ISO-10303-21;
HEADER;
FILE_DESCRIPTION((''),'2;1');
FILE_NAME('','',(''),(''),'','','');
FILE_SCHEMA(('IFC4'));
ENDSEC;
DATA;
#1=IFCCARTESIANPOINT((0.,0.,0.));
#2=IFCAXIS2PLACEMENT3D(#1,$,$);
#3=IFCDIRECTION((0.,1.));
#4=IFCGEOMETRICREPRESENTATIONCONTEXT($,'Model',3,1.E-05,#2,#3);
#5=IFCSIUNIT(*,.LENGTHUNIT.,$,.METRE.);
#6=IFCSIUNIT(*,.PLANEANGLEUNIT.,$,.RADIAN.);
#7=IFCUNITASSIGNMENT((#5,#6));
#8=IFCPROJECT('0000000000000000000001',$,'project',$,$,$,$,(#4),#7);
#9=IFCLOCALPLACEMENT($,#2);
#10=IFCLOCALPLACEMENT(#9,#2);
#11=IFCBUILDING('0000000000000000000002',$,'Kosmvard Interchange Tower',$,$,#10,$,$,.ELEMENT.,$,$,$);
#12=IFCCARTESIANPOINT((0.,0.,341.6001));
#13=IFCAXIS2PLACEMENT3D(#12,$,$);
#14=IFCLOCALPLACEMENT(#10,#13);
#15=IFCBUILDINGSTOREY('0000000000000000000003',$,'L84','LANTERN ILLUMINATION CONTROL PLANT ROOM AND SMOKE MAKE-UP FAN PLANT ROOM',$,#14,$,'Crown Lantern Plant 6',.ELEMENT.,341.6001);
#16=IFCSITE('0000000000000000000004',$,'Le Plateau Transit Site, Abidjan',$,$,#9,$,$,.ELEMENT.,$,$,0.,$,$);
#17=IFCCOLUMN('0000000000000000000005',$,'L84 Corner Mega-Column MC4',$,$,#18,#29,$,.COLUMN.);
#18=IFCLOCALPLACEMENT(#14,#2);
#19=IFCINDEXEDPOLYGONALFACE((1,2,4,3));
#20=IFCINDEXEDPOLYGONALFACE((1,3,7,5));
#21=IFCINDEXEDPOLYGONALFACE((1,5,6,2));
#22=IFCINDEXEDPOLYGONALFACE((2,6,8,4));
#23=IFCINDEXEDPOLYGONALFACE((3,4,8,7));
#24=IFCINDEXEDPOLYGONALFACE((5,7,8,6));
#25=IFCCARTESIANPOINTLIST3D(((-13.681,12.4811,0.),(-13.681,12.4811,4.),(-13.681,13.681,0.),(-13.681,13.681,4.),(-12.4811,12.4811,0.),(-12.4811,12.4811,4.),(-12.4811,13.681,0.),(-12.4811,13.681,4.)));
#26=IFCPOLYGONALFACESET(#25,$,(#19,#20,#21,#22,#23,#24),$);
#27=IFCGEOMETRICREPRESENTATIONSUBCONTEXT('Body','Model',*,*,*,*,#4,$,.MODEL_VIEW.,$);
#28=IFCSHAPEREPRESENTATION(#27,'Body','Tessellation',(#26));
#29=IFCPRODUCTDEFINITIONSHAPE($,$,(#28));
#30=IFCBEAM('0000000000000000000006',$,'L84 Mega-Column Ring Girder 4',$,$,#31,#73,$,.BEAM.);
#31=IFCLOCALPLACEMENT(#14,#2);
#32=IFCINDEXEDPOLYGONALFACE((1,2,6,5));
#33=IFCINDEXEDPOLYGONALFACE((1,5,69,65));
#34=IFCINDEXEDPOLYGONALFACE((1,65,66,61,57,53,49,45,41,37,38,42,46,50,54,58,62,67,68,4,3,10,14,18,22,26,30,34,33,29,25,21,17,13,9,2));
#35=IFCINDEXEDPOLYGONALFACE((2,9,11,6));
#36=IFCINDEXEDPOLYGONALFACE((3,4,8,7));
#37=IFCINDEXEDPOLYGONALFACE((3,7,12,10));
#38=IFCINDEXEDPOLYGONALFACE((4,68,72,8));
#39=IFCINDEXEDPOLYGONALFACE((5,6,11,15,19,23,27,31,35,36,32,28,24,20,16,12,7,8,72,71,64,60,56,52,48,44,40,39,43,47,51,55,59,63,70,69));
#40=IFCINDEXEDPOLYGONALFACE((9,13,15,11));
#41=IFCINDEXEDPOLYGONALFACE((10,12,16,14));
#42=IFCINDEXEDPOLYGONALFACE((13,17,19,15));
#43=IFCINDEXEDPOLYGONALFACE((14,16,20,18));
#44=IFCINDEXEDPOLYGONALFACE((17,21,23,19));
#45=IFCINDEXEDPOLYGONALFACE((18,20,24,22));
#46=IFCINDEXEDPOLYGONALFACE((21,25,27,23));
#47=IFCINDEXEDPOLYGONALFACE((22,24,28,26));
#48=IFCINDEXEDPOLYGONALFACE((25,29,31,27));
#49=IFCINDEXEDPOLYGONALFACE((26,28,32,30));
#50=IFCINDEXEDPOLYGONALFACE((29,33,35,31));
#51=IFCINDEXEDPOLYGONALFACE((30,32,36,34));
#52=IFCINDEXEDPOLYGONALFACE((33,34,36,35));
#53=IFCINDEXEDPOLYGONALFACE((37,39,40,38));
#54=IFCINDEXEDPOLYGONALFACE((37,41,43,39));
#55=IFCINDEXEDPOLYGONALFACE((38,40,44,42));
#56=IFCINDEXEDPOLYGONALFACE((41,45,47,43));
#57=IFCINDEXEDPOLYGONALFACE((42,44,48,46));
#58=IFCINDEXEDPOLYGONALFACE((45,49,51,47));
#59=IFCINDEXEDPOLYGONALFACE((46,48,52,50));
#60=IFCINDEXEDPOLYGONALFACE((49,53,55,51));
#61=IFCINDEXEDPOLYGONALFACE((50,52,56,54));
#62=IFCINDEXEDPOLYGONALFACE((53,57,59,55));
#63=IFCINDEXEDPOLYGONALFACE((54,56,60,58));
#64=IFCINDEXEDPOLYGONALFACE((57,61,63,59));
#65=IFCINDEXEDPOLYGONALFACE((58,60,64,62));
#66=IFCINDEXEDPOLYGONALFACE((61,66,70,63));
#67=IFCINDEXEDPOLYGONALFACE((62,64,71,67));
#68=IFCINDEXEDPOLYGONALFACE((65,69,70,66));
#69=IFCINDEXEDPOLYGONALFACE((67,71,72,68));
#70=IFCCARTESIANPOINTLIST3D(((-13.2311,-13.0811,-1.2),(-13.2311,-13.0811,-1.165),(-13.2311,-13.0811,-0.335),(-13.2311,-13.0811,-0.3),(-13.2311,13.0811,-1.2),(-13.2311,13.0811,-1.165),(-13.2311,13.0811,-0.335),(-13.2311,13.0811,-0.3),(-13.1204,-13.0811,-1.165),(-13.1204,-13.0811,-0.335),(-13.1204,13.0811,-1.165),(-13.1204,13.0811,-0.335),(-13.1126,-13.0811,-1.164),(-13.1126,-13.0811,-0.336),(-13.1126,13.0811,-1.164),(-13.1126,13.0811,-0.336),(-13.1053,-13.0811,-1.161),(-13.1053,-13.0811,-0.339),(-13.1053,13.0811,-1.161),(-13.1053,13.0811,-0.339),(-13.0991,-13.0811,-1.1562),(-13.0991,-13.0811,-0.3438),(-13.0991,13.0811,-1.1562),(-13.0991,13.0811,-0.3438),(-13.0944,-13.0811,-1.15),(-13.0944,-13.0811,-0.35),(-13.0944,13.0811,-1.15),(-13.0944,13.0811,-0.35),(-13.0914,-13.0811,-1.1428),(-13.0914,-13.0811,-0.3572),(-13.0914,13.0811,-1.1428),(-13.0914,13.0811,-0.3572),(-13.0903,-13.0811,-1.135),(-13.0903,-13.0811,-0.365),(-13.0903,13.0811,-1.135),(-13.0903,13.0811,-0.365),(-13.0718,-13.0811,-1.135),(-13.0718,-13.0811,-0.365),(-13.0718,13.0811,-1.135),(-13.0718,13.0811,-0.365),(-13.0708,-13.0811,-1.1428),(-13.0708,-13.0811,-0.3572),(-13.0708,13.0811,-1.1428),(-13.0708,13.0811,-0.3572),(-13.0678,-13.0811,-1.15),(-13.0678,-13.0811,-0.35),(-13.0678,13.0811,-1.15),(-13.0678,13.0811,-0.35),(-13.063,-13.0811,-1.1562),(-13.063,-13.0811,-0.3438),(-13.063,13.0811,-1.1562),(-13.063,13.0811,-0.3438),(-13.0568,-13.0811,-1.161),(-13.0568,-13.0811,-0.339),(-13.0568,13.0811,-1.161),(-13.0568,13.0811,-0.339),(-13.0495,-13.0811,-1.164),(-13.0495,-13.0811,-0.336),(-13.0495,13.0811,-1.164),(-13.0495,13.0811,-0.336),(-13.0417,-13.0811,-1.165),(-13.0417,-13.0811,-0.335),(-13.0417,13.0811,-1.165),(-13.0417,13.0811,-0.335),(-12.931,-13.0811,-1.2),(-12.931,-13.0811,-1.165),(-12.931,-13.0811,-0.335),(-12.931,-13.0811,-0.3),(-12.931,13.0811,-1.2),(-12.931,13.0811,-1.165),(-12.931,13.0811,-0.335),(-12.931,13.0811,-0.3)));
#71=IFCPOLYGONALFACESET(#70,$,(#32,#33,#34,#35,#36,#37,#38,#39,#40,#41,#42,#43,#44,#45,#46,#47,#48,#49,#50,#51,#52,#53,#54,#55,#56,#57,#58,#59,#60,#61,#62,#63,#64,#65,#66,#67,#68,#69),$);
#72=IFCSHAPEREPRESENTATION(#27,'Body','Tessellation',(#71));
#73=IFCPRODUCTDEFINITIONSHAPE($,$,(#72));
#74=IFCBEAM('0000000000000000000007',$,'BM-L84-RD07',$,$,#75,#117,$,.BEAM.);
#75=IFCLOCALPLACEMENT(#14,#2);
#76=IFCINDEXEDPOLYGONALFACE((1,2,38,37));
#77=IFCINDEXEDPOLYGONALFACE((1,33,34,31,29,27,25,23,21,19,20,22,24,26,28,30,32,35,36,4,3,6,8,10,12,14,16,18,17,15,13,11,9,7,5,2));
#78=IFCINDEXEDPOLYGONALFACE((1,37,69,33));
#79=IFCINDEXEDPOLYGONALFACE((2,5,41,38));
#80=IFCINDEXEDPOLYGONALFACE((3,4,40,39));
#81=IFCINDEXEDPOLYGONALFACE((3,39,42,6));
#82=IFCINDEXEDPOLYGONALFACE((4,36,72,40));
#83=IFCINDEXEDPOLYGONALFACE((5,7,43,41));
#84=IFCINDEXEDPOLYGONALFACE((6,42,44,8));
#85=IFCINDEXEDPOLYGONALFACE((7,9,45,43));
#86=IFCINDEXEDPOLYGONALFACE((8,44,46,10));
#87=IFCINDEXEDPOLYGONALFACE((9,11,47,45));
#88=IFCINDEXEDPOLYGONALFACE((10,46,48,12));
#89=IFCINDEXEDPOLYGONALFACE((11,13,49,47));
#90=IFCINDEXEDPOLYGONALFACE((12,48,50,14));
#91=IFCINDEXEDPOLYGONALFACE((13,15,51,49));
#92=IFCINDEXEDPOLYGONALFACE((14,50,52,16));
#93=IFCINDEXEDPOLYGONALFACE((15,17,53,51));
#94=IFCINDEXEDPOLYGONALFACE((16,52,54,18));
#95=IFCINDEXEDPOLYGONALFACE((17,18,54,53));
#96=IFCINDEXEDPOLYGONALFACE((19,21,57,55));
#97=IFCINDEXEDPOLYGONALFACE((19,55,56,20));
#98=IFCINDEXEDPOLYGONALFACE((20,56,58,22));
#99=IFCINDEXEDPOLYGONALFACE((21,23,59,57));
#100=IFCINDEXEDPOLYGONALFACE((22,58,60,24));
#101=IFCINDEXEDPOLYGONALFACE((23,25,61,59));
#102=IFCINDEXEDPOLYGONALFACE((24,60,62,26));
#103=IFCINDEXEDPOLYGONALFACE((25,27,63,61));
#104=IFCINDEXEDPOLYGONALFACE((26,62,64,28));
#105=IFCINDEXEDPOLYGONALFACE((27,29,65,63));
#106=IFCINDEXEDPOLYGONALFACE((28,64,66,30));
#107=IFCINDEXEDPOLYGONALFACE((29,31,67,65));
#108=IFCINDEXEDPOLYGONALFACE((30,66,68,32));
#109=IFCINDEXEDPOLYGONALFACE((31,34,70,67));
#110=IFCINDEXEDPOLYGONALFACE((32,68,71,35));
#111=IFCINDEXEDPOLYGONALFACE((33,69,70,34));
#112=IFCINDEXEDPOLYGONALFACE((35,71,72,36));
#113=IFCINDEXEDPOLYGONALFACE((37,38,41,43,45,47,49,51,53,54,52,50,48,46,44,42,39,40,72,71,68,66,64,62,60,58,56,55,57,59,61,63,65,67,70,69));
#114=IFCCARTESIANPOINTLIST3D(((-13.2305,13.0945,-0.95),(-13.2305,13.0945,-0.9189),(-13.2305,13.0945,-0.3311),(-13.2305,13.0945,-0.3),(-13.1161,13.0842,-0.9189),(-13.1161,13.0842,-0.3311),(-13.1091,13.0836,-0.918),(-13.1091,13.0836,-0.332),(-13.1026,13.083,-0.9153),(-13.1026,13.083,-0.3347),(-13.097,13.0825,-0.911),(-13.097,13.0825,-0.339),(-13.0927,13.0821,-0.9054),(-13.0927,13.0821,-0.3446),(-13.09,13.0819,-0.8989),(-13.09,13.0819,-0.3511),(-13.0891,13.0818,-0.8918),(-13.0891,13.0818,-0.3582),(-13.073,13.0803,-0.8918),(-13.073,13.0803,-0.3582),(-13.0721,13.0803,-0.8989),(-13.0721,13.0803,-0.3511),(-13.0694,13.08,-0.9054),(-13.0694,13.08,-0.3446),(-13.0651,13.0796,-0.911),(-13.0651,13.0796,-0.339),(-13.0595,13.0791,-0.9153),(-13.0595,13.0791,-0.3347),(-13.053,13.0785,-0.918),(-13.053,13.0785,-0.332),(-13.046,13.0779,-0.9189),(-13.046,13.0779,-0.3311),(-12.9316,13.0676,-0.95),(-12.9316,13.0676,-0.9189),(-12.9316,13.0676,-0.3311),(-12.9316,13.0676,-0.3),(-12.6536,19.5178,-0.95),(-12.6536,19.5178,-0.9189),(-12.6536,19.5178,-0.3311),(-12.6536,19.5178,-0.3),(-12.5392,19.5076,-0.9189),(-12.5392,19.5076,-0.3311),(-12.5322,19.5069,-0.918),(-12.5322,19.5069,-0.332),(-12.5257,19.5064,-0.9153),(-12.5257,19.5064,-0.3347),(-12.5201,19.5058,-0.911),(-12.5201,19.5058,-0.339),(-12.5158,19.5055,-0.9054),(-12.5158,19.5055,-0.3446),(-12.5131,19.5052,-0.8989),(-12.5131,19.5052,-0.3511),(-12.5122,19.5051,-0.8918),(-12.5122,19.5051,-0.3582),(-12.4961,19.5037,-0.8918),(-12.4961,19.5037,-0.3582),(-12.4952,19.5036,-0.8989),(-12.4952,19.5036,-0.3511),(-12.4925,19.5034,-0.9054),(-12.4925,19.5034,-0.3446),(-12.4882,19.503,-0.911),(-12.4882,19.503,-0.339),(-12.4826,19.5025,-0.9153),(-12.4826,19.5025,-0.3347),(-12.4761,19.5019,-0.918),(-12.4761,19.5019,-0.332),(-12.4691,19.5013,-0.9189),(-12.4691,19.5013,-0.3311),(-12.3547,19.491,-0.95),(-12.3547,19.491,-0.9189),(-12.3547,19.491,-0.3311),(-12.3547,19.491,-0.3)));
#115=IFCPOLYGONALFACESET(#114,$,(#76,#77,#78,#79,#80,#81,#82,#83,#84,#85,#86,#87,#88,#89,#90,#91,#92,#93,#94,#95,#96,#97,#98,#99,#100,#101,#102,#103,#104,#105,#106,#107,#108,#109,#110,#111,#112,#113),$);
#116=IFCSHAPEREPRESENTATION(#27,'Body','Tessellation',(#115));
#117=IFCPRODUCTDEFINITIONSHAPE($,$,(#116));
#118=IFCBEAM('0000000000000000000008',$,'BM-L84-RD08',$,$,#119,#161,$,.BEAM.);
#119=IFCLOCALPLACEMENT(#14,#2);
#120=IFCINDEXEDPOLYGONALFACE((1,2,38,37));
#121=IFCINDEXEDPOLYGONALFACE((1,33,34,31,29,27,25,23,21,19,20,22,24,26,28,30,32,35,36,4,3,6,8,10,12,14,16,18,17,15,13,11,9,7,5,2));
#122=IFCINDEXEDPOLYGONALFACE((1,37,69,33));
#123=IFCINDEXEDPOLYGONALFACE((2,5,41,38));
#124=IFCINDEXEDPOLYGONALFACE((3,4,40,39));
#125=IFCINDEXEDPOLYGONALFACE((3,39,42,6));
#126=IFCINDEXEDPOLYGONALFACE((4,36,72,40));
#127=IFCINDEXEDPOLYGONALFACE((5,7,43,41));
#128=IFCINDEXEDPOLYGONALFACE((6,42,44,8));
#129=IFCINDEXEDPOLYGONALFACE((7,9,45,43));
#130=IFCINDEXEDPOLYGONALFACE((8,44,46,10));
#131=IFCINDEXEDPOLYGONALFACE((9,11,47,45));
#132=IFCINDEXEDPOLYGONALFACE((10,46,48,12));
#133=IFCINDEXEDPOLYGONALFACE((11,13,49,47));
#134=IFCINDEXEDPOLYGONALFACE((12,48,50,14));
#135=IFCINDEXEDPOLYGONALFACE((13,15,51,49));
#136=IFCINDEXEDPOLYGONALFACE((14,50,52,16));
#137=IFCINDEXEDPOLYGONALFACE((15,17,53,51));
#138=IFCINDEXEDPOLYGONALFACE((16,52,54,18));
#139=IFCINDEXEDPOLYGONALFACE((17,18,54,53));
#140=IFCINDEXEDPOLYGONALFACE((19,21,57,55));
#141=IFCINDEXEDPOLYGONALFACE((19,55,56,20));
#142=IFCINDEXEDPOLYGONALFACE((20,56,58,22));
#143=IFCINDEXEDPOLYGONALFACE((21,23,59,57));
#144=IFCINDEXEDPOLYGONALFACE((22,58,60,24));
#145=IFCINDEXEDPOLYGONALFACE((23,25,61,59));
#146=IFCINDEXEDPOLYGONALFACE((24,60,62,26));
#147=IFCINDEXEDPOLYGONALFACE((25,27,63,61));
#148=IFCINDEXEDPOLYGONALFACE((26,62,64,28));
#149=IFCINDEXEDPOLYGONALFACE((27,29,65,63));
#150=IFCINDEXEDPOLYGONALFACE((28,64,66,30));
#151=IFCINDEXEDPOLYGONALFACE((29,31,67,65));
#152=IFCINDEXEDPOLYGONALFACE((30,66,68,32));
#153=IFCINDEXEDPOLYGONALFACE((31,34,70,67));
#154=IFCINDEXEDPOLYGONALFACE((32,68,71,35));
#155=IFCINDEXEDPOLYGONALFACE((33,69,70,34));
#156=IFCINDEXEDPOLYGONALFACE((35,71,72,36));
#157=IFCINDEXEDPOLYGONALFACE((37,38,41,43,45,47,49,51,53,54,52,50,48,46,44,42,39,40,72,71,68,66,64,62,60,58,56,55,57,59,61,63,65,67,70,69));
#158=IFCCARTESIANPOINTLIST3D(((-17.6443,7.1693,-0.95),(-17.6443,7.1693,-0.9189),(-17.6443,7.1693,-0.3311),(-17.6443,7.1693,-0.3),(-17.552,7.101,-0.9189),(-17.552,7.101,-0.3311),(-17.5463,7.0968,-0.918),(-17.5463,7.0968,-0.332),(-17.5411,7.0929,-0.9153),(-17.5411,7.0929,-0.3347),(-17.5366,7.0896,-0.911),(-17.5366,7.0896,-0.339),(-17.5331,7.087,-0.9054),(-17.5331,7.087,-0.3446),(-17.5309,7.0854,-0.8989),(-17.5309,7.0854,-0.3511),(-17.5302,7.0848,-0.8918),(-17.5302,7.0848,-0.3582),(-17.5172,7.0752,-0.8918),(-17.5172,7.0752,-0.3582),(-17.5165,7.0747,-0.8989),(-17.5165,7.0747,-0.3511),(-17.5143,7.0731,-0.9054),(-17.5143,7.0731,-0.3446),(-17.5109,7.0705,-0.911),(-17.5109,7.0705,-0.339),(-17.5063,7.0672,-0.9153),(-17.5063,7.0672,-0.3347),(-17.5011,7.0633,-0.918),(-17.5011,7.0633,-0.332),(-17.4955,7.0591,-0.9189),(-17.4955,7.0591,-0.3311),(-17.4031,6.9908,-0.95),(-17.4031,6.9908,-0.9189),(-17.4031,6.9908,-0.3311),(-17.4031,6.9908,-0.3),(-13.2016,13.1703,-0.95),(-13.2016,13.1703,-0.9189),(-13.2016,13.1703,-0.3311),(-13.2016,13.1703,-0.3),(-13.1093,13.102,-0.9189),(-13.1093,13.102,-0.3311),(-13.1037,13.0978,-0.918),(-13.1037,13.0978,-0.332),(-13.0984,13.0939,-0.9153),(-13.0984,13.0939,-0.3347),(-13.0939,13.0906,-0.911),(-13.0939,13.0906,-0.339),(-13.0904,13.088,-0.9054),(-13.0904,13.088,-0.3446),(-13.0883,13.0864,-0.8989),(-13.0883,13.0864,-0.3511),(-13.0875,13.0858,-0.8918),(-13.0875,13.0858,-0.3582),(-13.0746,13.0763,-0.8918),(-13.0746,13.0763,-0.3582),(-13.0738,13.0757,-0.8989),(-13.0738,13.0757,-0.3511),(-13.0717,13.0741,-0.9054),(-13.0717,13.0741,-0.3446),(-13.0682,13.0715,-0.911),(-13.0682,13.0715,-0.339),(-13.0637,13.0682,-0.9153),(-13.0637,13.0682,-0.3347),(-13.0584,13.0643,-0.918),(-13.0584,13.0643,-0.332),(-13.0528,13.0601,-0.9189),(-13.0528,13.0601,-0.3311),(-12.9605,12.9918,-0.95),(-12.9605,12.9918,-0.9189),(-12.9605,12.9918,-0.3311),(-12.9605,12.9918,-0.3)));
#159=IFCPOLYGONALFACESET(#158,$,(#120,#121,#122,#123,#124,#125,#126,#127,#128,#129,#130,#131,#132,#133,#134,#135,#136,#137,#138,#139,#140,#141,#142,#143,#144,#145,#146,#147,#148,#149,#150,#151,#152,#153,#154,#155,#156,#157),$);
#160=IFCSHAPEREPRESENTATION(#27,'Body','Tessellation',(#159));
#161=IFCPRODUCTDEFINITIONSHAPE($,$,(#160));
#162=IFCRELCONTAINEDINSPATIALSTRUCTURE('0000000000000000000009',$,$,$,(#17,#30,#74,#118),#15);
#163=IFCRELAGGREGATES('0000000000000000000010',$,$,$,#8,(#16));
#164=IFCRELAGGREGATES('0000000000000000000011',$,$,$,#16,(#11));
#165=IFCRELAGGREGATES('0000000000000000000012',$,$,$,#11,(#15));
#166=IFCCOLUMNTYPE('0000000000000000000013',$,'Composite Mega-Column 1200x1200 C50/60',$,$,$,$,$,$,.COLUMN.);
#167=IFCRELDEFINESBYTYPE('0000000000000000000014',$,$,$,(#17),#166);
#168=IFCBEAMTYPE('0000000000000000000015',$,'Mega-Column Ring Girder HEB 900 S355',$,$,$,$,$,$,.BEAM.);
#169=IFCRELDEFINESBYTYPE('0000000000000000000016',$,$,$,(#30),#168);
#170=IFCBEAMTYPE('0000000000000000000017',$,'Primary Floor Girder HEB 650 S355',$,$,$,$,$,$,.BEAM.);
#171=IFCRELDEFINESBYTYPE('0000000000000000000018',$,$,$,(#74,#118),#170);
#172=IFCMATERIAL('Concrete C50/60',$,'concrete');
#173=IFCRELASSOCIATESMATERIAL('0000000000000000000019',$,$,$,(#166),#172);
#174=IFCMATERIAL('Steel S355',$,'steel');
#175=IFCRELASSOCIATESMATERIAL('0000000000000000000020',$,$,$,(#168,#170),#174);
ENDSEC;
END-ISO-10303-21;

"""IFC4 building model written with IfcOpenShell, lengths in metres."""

from ifc_helpers import new_model, si_unit, direction, frame, origin, origin_2d, place, context, subcontext, project, spatial, rectangle, i_section, extrude, source, transform, mapped, material, material_profile, profile_set, type_object, element, save


model = new_model("IFC4")

# Units and contexts
model_context = context("Model", 3, precision=1e-05, world=origin(), true_north=direction((0.0, 1.0)))
body_context = subcontext(model_context, "Body", "Model", "MODEL_VIEW")
ifc_project = project(units=[si_unit("LENGTHUNIT", "METRE"), si_unit("PLANEANGLEUNIT", "RADIAN")], contexts=[model_context])

# Site, building, storey
site_placement = place(None, origin())
site = spatial("IfcSite", under=ifc_project, at=site_placement, Name="Le Plateau Transit Site, Abidjan", CompositionType="ELEMENT", RefElevation=0.0)
building_placement = place(site_placement, origin())
building = spatial("IfcBuilding", under=site, at=building_placement, Name="Kosmvard Interchange Tower", CompositionType="ELEMENT")
storey_placement = place(building_placement, frame((0.0, 0.0, 341.6001)))
storey = spatial("IfcBuildingStorey", under=building, at=storey_placement, Name="L84", Description="LANTERN ILLUMINATION CONTROL PLANT ROOM AND SMOKE MAKE-UP FAN PLANT ROOM", LongName="Crown Lantern Plant 6", CompositionType="ELEMENT", Elevation=341.6001)

# Column
ifc_material_1 = material(Name="Concrete C50/60", Category="concrete")
ifc_material_profile_1 = material_profile(ifc_material_1, rectangle(XDim=1.2, YDim=1.2, at=origin_2d()), Name="MC 1200x1200")
ifc_profile_set_1 = profile_set([ifc_material_profile_1], Name="Concrete C50/60")
column_type = type_object("IfcColumnType", Name="Composite Mega-Column 1200x1200 C50/60", PredefinedType="COLUMN", material=ifc_profile_set_1)
shared_shape_1 = source(origin(), body_context, "Body", "SweptSolid", [
    extrude(rectangle(XDim=1.2, YDim=1.2, at=origin_2d()), origin(), (0.0, 0.0, 1.0), 4.0),
])
column_placement = place(storey_placement, frame((-13.0811, 13.0811, 0.0), z_axis=(0.0, 0.0, 1.0), x_axis=(1.0, 0.0, 0.0)))
element("IfcColumn", 1, at=column_placement, inside=storey, type_object=column_type, Name="L84 Corner Mega-Column MC4", PredefinedType="COLUMN", context=body_context, shape_type="MappedRepresentation", body=[
    mapped(shared_shape_1, transform((0.0, 0.0, 0.0), scale=1.0)),
])

# Beams
ifc_material_2 = material(Name="Steel S355", Category="steel")
ifc_material_profile_2 = material_profile(ifc_material_2, i_section(OverallWidth=0.3, OverallDepth=0.8999, WebThickness=0.0186, FlangeThickness=0.0349, FilletRadius=0.03, at=origin_2d()), Name="HEB 900")
ifc_profile_set_2 = profile_set([ifc_material_profile_2], Name="Steel S355")
beam_type_1 = type_object("IfcBeamType", Name="Mega-Column Ring Girder HEB 900 S355", PredefinedType="BEAM", material=ifc_profile_set_2)
shared_shape_2 = source(origin(), body_context, "Body", "SweptSolid", [
    extrude(i_section(OverallWidth=0.3, OverallDepth=0.8999, WebThickness=0.0186, FlangeThickness=0.0349, FilletRadius=0.03, at=origin_2d()), origin(), (0.0, 0.0, 1.0), 26.1621),
])
beam_1_placement = place(storey_placement, frame((-13.0811, 13.0811, -0.75), z_axis=(0.0, -1.0, 0.0), x_axis=(1.0, 0.0, 0.0)))
element("IfcBeam", 2, at=beam_1_placement, inside=storey, type_object=beam_type_1, Name="L84 Mega-Column Ring Girder 4", PredefinedType="BEAM", context=body_context, shape_type="MappedRepresentation", body=[
    mapped(shared_shape_2, transform((0.0, 0.0, 0.0), scale=1.0)),
])
ifc_material_profile_3 = material_profile(ifc_material_2, i_section(OverallWidth=0.3, OverallDepth=0.6499, WebThickness=0.0161, FlangeThickness=0.031, FilletRadius=0.0271, at=origin_2d()), Name="HEB 650")
ifc_profile_set_3 = profile_set([ifc_material_profile_3], Name="Steel S355")
beam_type_2 = type_object("IfcBeamType", Name="Primary Floor Girder HEB 650 S355", PredefinedType="BEAM", material=ifc_profile_set_3)
shared_shape_3 = source(origin(), body_context, "Body", "SweptSolid", [
    extrude(i_section(OverallWidth=0.3, OverallDepth=0.6499, WebThickness=0.0161, FlangeThickness=0.031, FilletRadius=0.0271, at=origin_2d()), origin(), (0.0, 0.0, 1.0), 6.4492),
])
beam_2_placement = place(storey_placement, frame((-13.0811, 13.0811, -0.625), z_axis=(0.089454, 0.995991, 0.0), x_axis=(-0.995991, 0.089454, 0.0)))
element("IfcBeam", 3, at=beam_2_placement, inside=storey, type_object=beam_type_2, Name="BM-L84-RD07", PredefinedType="BEAM", context=body_context, shape_type="MappedRepresentation", body=[
    mapped(shared_shape_3, transform((0.0, 0.0, 0.0), scale=1.0)),
])
shared_shape_4 = source(origin(), body_context, "Body", "SweptSolid", [
    extrude(i_section(OverallWidth=0.3, OverallDepth=0.6499, WebThickness=0.0161, FlangeThickness=0.031, FilletRadius=0.0271, at=origin_2d()), origin(), (0.0, 0.0, 1.0), 7.4666),
])
beam_3_placement = place(storey_placement, frame((-13.0811, 13.0811, -0.625), z_axis=(-0.595008, -0.80372, 0.0), x_axis=(0.80372, -0.595008, 0.0)))
element("IfcBeam", 4, at=beam_3_placement, inside=storey, type_object=beam_type_2, Name="BM-L84-RD08", PredefinedType="BEAM", context=body_context, shape_type="MappedRepresentation", body=[
    mapped(shared_shape_4, transform((0.0, 0.0, 0.0), scale=1.0)),
])

save(model, "model.ifc")
